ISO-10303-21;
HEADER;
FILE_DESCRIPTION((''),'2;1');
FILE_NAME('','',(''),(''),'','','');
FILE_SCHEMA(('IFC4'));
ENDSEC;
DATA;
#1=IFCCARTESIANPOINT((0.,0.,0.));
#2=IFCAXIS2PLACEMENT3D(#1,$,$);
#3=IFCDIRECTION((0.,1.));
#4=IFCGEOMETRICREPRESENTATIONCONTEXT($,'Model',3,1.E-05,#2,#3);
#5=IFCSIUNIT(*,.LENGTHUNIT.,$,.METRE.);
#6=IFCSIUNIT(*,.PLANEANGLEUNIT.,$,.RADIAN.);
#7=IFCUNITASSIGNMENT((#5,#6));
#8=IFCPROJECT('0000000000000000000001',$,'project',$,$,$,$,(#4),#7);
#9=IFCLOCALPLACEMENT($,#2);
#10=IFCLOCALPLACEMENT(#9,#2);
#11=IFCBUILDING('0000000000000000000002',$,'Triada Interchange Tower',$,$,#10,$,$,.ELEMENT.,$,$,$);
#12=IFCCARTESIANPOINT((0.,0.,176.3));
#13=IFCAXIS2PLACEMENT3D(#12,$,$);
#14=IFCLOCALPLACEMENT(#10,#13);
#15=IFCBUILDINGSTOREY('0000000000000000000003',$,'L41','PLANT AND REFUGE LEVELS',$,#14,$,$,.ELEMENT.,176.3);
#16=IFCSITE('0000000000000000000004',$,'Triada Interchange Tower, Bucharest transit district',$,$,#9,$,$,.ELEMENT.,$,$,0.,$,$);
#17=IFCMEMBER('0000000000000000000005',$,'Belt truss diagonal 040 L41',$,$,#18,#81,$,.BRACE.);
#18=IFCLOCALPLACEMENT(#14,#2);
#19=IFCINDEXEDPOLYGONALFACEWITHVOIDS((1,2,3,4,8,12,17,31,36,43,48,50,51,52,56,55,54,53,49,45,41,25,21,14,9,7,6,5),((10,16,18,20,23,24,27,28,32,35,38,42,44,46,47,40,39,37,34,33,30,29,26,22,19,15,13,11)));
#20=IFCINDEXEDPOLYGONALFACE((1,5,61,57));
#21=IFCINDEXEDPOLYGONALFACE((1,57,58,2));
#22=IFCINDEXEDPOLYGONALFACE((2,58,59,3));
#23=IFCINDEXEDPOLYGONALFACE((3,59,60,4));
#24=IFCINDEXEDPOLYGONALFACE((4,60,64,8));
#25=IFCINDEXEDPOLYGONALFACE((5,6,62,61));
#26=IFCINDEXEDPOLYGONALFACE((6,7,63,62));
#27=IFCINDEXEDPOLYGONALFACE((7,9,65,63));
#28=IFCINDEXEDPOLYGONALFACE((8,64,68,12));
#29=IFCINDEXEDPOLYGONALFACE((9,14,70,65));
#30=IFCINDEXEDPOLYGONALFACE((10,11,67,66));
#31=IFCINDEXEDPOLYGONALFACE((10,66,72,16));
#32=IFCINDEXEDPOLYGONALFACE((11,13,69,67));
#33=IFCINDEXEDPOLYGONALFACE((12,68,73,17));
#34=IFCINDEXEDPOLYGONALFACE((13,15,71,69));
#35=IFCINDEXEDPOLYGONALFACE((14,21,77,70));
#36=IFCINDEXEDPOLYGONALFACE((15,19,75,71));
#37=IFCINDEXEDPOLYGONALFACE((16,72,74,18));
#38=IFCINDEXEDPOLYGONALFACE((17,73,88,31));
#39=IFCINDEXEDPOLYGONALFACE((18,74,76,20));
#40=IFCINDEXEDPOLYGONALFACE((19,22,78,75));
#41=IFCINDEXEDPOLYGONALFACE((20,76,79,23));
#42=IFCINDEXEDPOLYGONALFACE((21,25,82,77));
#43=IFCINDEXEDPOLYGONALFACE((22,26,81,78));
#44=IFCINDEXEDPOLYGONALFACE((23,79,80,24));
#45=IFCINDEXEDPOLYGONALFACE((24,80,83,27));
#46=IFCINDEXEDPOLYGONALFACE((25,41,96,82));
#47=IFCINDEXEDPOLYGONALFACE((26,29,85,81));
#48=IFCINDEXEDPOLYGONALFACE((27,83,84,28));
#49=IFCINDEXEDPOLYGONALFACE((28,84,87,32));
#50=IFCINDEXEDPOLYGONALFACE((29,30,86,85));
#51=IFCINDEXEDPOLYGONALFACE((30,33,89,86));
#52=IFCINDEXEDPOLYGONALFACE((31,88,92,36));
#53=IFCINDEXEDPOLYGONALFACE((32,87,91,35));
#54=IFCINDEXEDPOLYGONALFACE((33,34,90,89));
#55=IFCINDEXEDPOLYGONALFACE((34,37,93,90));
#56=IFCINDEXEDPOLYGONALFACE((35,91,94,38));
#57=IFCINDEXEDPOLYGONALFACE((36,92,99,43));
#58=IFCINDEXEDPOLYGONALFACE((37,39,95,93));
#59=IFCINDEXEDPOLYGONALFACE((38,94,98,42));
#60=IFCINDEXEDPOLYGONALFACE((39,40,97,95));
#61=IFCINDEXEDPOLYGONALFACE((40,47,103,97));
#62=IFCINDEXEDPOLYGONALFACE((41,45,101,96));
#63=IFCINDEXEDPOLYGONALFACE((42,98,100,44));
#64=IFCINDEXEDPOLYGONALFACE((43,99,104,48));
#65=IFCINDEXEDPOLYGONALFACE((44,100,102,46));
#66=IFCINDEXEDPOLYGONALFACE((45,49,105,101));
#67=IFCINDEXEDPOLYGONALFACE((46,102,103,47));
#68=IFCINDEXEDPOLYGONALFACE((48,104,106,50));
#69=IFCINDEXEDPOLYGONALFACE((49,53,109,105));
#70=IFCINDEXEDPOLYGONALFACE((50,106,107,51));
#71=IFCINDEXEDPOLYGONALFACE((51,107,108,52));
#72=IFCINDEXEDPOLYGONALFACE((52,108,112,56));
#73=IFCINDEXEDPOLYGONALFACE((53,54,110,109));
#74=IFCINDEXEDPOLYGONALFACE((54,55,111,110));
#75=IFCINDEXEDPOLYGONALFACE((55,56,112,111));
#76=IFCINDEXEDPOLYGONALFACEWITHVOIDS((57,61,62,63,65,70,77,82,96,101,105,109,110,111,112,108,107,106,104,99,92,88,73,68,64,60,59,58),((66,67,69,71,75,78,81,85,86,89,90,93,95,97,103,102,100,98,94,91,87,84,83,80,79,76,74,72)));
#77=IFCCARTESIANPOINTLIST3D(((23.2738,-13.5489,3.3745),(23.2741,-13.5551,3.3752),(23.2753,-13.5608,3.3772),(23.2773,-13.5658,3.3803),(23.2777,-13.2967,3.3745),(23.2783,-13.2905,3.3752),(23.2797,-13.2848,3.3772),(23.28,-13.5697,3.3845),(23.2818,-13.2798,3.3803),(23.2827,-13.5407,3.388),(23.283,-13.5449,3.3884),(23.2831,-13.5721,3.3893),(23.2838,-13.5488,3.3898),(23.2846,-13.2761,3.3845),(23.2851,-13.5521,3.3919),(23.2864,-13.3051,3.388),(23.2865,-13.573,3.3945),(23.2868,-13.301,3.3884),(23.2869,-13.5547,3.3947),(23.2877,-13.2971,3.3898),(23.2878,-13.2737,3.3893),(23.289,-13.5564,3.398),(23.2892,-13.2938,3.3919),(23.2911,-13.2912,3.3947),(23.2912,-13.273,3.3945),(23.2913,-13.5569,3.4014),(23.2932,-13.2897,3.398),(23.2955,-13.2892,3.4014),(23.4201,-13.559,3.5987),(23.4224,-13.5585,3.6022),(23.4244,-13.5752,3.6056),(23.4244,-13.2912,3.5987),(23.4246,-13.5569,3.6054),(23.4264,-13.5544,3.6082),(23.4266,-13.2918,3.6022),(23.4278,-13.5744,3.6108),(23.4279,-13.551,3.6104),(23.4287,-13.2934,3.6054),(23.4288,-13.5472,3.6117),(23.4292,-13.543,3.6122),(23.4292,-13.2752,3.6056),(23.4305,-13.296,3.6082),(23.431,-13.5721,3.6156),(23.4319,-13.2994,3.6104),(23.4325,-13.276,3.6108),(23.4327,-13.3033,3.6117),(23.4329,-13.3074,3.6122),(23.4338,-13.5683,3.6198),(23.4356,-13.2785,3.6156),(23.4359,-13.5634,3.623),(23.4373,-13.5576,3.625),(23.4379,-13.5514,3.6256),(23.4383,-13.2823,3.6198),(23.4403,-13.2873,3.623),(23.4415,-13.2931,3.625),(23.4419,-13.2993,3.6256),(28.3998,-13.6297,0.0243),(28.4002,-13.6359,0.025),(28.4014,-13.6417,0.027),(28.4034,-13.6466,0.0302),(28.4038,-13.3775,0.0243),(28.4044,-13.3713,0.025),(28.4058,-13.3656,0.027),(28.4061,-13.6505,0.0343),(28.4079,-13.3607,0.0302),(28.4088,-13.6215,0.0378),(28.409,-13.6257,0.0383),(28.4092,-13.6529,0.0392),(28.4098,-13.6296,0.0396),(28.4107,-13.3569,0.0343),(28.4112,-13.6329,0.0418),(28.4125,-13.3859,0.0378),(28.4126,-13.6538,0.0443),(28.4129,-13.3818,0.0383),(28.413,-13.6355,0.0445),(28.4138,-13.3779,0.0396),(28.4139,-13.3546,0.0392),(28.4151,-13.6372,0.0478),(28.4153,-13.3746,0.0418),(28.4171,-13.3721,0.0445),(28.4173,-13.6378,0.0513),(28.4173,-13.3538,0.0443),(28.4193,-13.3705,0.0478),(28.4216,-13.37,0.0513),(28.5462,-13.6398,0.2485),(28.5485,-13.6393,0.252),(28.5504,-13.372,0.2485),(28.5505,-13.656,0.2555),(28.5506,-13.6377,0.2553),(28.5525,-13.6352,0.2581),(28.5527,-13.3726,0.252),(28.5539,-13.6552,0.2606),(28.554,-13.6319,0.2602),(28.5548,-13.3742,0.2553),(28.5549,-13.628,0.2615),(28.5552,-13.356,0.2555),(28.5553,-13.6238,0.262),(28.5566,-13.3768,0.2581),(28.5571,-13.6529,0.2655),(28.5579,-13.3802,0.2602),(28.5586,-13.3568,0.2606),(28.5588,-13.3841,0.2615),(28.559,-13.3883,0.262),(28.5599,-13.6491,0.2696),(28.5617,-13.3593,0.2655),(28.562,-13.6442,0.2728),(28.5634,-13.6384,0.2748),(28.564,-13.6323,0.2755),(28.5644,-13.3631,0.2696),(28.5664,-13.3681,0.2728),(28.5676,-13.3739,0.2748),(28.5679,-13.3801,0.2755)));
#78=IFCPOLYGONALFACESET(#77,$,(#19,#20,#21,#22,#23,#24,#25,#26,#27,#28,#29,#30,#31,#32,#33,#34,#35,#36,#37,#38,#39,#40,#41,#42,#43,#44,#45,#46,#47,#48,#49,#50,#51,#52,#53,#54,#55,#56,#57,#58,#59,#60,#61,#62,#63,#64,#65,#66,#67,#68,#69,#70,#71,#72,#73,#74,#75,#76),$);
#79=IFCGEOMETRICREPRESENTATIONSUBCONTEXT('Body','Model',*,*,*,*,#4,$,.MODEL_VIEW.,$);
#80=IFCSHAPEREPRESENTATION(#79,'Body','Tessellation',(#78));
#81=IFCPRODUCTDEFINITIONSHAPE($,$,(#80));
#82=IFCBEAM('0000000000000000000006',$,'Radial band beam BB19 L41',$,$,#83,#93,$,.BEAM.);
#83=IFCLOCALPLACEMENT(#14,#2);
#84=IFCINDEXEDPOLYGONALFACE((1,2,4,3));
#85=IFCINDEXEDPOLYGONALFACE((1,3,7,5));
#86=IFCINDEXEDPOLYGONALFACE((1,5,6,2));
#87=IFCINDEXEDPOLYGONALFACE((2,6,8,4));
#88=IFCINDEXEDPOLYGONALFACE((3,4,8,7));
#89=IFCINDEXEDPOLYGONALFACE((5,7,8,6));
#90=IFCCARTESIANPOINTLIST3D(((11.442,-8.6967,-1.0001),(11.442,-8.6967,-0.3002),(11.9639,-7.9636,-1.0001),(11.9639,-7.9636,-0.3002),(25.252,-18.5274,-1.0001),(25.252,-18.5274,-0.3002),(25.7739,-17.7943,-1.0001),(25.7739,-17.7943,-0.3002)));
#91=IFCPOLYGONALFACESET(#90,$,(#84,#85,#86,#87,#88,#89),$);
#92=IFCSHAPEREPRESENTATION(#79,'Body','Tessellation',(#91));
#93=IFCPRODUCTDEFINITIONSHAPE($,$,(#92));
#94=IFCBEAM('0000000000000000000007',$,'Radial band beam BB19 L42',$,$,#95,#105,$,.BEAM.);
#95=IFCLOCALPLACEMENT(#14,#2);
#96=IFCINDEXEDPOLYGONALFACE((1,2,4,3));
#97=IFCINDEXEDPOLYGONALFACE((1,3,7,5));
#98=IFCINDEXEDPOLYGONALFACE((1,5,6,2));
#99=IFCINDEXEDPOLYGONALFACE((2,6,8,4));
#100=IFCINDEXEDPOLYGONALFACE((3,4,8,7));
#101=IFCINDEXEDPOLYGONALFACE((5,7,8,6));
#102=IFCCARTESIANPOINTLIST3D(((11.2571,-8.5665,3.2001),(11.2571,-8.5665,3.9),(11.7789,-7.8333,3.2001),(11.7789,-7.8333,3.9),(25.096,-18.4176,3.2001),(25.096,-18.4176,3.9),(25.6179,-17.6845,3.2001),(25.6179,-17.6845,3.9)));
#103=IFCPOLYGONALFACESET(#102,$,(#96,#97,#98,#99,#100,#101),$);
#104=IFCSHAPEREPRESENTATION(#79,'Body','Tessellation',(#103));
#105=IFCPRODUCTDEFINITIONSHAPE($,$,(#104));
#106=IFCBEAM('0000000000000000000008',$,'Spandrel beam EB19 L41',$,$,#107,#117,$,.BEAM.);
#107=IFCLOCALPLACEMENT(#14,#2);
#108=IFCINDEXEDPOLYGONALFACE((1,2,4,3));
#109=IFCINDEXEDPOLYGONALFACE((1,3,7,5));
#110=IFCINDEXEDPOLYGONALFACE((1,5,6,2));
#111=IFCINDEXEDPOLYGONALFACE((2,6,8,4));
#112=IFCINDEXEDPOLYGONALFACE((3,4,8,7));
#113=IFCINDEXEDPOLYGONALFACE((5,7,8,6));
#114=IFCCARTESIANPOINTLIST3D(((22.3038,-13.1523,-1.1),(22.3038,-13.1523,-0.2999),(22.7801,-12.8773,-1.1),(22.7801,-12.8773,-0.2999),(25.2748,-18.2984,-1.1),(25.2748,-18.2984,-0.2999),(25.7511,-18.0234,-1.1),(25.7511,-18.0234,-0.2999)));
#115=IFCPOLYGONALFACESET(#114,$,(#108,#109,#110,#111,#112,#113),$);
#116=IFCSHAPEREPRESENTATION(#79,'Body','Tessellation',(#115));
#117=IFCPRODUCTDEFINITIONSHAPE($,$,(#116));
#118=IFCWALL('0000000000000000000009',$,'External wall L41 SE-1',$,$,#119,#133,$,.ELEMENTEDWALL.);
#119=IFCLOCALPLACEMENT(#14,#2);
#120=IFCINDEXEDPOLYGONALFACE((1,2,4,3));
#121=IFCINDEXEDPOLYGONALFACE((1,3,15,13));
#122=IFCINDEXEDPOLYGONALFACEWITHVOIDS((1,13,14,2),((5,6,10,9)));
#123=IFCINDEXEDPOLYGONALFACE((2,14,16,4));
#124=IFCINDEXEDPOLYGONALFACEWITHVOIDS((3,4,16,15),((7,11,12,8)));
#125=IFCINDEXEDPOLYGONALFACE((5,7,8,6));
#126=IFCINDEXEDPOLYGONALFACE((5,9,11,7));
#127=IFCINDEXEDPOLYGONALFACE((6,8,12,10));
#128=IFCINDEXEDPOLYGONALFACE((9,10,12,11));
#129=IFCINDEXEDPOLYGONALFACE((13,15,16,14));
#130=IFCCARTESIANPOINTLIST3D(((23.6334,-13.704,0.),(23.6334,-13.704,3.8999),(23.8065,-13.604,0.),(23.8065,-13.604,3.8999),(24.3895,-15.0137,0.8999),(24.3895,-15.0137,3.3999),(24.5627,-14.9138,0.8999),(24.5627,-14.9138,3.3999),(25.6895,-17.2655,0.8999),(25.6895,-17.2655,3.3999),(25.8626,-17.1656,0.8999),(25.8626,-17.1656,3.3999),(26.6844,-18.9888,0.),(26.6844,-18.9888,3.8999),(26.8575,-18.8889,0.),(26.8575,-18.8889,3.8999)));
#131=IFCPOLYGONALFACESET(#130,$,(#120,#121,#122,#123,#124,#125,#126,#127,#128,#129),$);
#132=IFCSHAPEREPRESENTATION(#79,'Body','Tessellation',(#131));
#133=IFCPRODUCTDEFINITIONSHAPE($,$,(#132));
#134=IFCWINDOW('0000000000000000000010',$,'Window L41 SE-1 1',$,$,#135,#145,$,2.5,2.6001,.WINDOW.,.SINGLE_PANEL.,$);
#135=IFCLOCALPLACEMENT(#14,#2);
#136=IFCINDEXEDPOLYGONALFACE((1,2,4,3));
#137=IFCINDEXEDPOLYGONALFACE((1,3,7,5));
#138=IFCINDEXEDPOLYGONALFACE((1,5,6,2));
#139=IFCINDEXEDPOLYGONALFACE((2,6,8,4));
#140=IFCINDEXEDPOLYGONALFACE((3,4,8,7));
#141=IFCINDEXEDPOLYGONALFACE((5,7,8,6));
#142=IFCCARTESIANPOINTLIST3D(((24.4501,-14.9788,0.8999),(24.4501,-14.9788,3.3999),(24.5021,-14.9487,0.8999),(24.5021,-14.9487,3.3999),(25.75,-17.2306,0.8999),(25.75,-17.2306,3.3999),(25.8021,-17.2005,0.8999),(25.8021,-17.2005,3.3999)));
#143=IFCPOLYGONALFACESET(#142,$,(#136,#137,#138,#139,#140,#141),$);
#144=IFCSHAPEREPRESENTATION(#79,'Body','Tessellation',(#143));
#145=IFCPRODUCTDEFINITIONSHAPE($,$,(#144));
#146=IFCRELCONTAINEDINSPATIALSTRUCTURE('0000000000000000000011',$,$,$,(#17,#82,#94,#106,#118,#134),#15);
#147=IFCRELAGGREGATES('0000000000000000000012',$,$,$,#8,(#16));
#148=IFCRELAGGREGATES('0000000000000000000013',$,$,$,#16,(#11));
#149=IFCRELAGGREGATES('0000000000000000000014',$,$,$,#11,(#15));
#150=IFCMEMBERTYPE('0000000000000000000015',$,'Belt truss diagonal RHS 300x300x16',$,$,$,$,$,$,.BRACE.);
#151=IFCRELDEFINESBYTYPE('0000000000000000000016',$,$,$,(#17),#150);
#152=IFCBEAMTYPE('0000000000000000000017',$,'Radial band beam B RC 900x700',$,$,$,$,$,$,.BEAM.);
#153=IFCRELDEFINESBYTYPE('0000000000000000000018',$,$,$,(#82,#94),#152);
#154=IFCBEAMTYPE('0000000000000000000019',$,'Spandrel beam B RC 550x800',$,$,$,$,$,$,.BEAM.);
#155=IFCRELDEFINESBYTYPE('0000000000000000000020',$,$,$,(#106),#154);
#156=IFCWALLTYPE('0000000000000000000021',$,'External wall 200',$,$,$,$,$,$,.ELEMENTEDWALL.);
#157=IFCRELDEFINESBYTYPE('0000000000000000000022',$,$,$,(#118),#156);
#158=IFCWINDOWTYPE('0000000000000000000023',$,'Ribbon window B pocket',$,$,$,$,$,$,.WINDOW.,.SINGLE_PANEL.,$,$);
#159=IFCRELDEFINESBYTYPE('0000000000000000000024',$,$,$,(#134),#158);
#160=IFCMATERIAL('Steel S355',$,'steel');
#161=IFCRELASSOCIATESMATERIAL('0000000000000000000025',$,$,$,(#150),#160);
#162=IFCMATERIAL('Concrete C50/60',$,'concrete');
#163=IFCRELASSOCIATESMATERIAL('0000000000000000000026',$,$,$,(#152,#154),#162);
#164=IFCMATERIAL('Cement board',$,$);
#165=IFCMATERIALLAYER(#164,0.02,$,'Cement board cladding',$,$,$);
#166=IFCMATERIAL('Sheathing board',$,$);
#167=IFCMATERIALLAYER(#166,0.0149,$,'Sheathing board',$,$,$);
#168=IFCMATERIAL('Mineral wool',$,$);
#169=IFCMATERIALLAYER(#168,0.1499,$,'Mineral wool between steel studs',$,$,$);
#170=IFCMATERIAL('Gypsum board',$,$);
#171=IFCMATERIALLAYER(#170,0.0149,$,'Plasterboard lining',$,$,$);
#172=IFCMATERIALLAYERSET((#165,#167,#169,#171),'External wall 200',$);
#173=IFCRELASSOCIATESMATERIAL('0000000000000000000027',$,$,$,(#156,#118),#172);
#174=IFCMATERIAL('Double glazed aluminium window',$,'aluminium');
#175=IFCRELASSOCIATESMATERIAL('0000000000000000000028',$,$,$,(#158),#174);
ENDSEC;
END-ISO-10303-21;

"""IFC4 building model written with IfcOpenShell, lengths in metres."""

from ifc_helpers import new_model, si_unit, direction, frame, frame_2d, origin, origin_2d, place, context, subcontext, project, spatial, rectangle, hollow_rectangle, extrude, material, layer, layer_set, layer_usage, material_profile, profile_set, type_object, element, fill, save


model = new_model("IFC4")

# Units and contexts
model_context = context("Model", 3, precision=1e-05, world=origin(), true_north=direction((0.0, 1.0)))
body_context = subcontext(model_context, "Body", "Model", "MODEL_VIEW")
ifc_project = project(units=[si_unit("LENGTHUNIT", "METRE"), si_unit("PLANEANGLEUNIT", "RADIAN")], contexts=[model_context])

# Site, building, storey
site_placement = place(None, origin())
site = spatial("IfcSite", under=ifc_project, at=site_placement, Name="Triada Interchange Tower, Bucharest transit district", CompositionType="ELEMENT", RefElevation=0.0)
building_placement = place(site_placement, origin())
building = spatial("IfcBuilding", under=site, at=building_placement, Name="Triada Interchange Tower", CompositionType="ELEMENT")
storey_placement = place(building_placement, frame((0.0, 0.0, 176.3)))
storey = spatial("IfcBuildingStorey", under=building, at=storey_placement, Name="L41", Description="PLANT AND REFUGE LEVELS", CompositionType="ELEMENT", Elevation=176.3)

# Member
ifc_material_1 = material(Name="Steel S355", Category="steel")
ifc_material_profile_1 = material_profile(ifc_material_1, hollow_rectangle(XDim=0.3, YDim=0.3, WallThickness=0.0161, InnerFilletRadius=0.0161, OuterFilletRadius=0.0239, at=origin_2d()), Name="RHS 300x300x16")
ifc_profile_set_1 = profile_set([ifc_material_profile_1], Name="Steel S355")
member_type = type_object("IfcMemberType", Name="Belt truss diagonal RHS 300x300x16", PredefinedType="BRACE", material=ifc_profile_set_1)
member_1_placement = place(storey_placement, frame((28.4839, -13.5049, 0.1499), z_axis=(-0.837009, 0.013195, 0.54703), x_axis=(-0.015763, -0.999876, 0.0)))
element("IfcMember", 1, at=member_1_placement, inside=storey, type_object=member_type, Name="Belt truss diagonal 040 L41", PredefinedType="BRACE", context=body_context, shape_type="SweptSolid", body=[
    extrude(hollow_rectangle(XDim=0.3, YDim=0.3, WallThickness=0.0161, InnerFilletRadius=0.0161, OuterFilletRadius=0.0239, at=origin_2d()), origin(), (0.0, 0.0, 1.0), 6.1243),
])

# Beams
ifc_material_2 = material(Name="Concrete C50/60", Category="concrete")
ifc_material_profile_2 = material_profile(ifc_material_2, rectangle(XDim=0.8999, YDim=0.7, at=origin_2d()), Name="RC 900x700")
ifc_profile_set_2 = profile_set([ifc_material_profile_2], Name="Concrete C50/60")
beam_type_1 = type_object("IfcBeamType", Name="Radial band beam B RC 900x700", PredefinedType="BEAM", material=ifc_profile_set_2)
beam_1_placement = place(storey_placement, frame((25.5129, -18.1609, -0.6501), z_axis=(-0.814668, 0.579928, 0.0), x_axis=(-0.579928, -0.814668, 0.0)))
element("IfcBeam", 2, at=beam_1_placement, inside=storey, type_object=beam_type_1, Name="Radial band beam BB19 L41", PredefinedType="BEAM", context=body_context, shape_type="SweptSolid", body=[
    extrude(rectangle(XDim=0.8999, YDim=0.7, at=origin_2d()), origin(), (0.0, 0.0, 1.0), 16.9517),
])
beam_2_placement = place(storey_placement, frame((25.3569, -18.051, 3.55), z_axis=(-0.814674, 0.579919, 0.0), x_axis=(-0.579919, -0.814674, 0.0)))
element("IfcBeam", 3, at=beam_2_placement, inside=storey, type_object=beam_type_1, Name="Radial band beam BB19 L42", PredefinedType="BEAM", context=body_context, shape_type="SweptSolid", body=[
    extrude(rectangle(XDim=0.8999, YDim=0.7, at=origin_2d()), origin(), (0.0, 0.0, 1.0), 16.9871),
])
ifc_material_profile_3 = material_profile(ifc_material_2, rectangle(XDim=0.55, YDim=0.8, at=origin_2d()), Name="RC 550x800")
ifc_profile_set_3 = profile_set([ifc_material_profile_3], Name="Concrete C50/60")
beam_type_2 = type_object("IfcBeamType", Name="Spandrel beam B RC 550x800", PredefinedType="BEAM", material=ifc_profile_set_3)
beam_3_placement = place(storey_placement, frame((25.5129, -18.1609, -0.7), z_axis=(-0.499988, 0.866032, 0.0), x_axis=(-0.866032, -0.499988, 0.0)))
element("IfcBeam", 4, at=beam_3_placement, inside=storey, type_object=beam_type_2, Name="Spandrel beam EB19 L41", PredefinedType="BEAM", context=body_context, shape_type="SweptSolid", body=[
    extrude(rectangle(XDim=0.55, YDim=0.8, at=origin_2d()), origin(), (0.0, 0.0, 1.0), 5.9421),
])

# Wall, opening, window
ifc_material_3 = material(Name="Cement board")
ifc_layer_1 = layer(ifc_material_3, 0.02, Name="Cement board cladding")
ifc_material_4 = material(Name="Sheathing board")
ifc_layer_2 = layer(ifc_material_4, 0.0149, Name="Sheathing board")
ifc_material_5 = material(Name="Mineral wool")
ifc_layer_3 = layer(ifc_material_5, 0.1499, Name="Mineral wool between steel studs")
ifc_material_6 = material(Name="Gypsum board")
ifc_layer_4 = layer(ifc_material_6, 0.0149, Name="Plasterboard lining")
ifc_layer_set_1 = layer_set([ifc_layer_1, ifc_layer_2, ifc_layer_3, ifc_layer_4], Name="External wall 200")
ifc_layer_usage = layer_usage(ifc_layer_set_1, "AXIS2", "POSITIVE", -0.1001)
wall_type = type_object("IfcWallType", Name="External wall 200", PredefinedType="ELEMENTEDWALL", material=ifc_layer_set_1)
wall_1_placement = place(storey_placement, frame((26.771, -18.939, 0.0), z_axis=(0.0, 0.0, 1.0), x_axis=(-0.499973, 0.866041, 0.0)))
wall_1 = element("IfcWall", 5, at=wall_1_placement, inside=storey, type_object=wall_type, material=ifc_layer_usage, Name="External wall L41 SE-1", PredefinedType="ELEMENTEDWALL", context=body_context, shape_type="SweptSolid", body=[
    extrude(rectangle(XDim=6.1023, YDim=0.2, at=frame_2d((3.0513, 0.0))), origin(), (0.0, 0.0, 1.0), 3.8999),
])
opening_1_placement = place(wall_1_placement, frame((1.99, 0.0, 0.8999)))
opening_1 = element("IfcOpeningElement", 6, at=opening_1_placement, cuts=wall_1, PredefinedType="OPENING", context=body_context, shape_type="SweptSolid", body=[
    extrude(rectangle(XDim=2.6001, YDim=2.5, at=frame_2d((1.3, 1.25))), frame((0.0, 0.1099, 0.0), z_axis=(0.0, -1.0, 0.0), x_axis=(1.0, 0.0, 0.0)), (0.0, 0.0, 1.0), 0.22),
])
ifc_material_7 = material(Name="Double glazed aluminium window", Category="aluminium")
window_type_1 = type_object("IfcWindowType", Name="Ribbon window B pocket", PartitioningType="SINGLE_PANEL", PredefinedType="WINDOW", material=ifc_material_7)
window_1_placement = place(opening_1_placement, origin())
window_1 = element("IfcWindow", 7, at=window_1_placement, inside=storey, type_object=window_type_1, Name="Window L41 SE-1 1", OverallHeight=2.5, OverallWidth=2.6001, PartitioningType="SINGLE_PANEL", PredefinedType="WINDOW", context=body_context, shape_type="SweptSolid", body=[
    extrude(rectangle(XDim=2.6001, YDim=2.5, at=frame_2d((1.3, 1.25))), frame((0.0, 0.03, 0.0), z_axis=(0.0, -1.0, 0.0), x_axis=(1.0, 0.0, 0.0)), (0.0, 0.0, 1.0), 0.0601),
])
fill(opening_1, window_1)

save(model, "model.ifc")
